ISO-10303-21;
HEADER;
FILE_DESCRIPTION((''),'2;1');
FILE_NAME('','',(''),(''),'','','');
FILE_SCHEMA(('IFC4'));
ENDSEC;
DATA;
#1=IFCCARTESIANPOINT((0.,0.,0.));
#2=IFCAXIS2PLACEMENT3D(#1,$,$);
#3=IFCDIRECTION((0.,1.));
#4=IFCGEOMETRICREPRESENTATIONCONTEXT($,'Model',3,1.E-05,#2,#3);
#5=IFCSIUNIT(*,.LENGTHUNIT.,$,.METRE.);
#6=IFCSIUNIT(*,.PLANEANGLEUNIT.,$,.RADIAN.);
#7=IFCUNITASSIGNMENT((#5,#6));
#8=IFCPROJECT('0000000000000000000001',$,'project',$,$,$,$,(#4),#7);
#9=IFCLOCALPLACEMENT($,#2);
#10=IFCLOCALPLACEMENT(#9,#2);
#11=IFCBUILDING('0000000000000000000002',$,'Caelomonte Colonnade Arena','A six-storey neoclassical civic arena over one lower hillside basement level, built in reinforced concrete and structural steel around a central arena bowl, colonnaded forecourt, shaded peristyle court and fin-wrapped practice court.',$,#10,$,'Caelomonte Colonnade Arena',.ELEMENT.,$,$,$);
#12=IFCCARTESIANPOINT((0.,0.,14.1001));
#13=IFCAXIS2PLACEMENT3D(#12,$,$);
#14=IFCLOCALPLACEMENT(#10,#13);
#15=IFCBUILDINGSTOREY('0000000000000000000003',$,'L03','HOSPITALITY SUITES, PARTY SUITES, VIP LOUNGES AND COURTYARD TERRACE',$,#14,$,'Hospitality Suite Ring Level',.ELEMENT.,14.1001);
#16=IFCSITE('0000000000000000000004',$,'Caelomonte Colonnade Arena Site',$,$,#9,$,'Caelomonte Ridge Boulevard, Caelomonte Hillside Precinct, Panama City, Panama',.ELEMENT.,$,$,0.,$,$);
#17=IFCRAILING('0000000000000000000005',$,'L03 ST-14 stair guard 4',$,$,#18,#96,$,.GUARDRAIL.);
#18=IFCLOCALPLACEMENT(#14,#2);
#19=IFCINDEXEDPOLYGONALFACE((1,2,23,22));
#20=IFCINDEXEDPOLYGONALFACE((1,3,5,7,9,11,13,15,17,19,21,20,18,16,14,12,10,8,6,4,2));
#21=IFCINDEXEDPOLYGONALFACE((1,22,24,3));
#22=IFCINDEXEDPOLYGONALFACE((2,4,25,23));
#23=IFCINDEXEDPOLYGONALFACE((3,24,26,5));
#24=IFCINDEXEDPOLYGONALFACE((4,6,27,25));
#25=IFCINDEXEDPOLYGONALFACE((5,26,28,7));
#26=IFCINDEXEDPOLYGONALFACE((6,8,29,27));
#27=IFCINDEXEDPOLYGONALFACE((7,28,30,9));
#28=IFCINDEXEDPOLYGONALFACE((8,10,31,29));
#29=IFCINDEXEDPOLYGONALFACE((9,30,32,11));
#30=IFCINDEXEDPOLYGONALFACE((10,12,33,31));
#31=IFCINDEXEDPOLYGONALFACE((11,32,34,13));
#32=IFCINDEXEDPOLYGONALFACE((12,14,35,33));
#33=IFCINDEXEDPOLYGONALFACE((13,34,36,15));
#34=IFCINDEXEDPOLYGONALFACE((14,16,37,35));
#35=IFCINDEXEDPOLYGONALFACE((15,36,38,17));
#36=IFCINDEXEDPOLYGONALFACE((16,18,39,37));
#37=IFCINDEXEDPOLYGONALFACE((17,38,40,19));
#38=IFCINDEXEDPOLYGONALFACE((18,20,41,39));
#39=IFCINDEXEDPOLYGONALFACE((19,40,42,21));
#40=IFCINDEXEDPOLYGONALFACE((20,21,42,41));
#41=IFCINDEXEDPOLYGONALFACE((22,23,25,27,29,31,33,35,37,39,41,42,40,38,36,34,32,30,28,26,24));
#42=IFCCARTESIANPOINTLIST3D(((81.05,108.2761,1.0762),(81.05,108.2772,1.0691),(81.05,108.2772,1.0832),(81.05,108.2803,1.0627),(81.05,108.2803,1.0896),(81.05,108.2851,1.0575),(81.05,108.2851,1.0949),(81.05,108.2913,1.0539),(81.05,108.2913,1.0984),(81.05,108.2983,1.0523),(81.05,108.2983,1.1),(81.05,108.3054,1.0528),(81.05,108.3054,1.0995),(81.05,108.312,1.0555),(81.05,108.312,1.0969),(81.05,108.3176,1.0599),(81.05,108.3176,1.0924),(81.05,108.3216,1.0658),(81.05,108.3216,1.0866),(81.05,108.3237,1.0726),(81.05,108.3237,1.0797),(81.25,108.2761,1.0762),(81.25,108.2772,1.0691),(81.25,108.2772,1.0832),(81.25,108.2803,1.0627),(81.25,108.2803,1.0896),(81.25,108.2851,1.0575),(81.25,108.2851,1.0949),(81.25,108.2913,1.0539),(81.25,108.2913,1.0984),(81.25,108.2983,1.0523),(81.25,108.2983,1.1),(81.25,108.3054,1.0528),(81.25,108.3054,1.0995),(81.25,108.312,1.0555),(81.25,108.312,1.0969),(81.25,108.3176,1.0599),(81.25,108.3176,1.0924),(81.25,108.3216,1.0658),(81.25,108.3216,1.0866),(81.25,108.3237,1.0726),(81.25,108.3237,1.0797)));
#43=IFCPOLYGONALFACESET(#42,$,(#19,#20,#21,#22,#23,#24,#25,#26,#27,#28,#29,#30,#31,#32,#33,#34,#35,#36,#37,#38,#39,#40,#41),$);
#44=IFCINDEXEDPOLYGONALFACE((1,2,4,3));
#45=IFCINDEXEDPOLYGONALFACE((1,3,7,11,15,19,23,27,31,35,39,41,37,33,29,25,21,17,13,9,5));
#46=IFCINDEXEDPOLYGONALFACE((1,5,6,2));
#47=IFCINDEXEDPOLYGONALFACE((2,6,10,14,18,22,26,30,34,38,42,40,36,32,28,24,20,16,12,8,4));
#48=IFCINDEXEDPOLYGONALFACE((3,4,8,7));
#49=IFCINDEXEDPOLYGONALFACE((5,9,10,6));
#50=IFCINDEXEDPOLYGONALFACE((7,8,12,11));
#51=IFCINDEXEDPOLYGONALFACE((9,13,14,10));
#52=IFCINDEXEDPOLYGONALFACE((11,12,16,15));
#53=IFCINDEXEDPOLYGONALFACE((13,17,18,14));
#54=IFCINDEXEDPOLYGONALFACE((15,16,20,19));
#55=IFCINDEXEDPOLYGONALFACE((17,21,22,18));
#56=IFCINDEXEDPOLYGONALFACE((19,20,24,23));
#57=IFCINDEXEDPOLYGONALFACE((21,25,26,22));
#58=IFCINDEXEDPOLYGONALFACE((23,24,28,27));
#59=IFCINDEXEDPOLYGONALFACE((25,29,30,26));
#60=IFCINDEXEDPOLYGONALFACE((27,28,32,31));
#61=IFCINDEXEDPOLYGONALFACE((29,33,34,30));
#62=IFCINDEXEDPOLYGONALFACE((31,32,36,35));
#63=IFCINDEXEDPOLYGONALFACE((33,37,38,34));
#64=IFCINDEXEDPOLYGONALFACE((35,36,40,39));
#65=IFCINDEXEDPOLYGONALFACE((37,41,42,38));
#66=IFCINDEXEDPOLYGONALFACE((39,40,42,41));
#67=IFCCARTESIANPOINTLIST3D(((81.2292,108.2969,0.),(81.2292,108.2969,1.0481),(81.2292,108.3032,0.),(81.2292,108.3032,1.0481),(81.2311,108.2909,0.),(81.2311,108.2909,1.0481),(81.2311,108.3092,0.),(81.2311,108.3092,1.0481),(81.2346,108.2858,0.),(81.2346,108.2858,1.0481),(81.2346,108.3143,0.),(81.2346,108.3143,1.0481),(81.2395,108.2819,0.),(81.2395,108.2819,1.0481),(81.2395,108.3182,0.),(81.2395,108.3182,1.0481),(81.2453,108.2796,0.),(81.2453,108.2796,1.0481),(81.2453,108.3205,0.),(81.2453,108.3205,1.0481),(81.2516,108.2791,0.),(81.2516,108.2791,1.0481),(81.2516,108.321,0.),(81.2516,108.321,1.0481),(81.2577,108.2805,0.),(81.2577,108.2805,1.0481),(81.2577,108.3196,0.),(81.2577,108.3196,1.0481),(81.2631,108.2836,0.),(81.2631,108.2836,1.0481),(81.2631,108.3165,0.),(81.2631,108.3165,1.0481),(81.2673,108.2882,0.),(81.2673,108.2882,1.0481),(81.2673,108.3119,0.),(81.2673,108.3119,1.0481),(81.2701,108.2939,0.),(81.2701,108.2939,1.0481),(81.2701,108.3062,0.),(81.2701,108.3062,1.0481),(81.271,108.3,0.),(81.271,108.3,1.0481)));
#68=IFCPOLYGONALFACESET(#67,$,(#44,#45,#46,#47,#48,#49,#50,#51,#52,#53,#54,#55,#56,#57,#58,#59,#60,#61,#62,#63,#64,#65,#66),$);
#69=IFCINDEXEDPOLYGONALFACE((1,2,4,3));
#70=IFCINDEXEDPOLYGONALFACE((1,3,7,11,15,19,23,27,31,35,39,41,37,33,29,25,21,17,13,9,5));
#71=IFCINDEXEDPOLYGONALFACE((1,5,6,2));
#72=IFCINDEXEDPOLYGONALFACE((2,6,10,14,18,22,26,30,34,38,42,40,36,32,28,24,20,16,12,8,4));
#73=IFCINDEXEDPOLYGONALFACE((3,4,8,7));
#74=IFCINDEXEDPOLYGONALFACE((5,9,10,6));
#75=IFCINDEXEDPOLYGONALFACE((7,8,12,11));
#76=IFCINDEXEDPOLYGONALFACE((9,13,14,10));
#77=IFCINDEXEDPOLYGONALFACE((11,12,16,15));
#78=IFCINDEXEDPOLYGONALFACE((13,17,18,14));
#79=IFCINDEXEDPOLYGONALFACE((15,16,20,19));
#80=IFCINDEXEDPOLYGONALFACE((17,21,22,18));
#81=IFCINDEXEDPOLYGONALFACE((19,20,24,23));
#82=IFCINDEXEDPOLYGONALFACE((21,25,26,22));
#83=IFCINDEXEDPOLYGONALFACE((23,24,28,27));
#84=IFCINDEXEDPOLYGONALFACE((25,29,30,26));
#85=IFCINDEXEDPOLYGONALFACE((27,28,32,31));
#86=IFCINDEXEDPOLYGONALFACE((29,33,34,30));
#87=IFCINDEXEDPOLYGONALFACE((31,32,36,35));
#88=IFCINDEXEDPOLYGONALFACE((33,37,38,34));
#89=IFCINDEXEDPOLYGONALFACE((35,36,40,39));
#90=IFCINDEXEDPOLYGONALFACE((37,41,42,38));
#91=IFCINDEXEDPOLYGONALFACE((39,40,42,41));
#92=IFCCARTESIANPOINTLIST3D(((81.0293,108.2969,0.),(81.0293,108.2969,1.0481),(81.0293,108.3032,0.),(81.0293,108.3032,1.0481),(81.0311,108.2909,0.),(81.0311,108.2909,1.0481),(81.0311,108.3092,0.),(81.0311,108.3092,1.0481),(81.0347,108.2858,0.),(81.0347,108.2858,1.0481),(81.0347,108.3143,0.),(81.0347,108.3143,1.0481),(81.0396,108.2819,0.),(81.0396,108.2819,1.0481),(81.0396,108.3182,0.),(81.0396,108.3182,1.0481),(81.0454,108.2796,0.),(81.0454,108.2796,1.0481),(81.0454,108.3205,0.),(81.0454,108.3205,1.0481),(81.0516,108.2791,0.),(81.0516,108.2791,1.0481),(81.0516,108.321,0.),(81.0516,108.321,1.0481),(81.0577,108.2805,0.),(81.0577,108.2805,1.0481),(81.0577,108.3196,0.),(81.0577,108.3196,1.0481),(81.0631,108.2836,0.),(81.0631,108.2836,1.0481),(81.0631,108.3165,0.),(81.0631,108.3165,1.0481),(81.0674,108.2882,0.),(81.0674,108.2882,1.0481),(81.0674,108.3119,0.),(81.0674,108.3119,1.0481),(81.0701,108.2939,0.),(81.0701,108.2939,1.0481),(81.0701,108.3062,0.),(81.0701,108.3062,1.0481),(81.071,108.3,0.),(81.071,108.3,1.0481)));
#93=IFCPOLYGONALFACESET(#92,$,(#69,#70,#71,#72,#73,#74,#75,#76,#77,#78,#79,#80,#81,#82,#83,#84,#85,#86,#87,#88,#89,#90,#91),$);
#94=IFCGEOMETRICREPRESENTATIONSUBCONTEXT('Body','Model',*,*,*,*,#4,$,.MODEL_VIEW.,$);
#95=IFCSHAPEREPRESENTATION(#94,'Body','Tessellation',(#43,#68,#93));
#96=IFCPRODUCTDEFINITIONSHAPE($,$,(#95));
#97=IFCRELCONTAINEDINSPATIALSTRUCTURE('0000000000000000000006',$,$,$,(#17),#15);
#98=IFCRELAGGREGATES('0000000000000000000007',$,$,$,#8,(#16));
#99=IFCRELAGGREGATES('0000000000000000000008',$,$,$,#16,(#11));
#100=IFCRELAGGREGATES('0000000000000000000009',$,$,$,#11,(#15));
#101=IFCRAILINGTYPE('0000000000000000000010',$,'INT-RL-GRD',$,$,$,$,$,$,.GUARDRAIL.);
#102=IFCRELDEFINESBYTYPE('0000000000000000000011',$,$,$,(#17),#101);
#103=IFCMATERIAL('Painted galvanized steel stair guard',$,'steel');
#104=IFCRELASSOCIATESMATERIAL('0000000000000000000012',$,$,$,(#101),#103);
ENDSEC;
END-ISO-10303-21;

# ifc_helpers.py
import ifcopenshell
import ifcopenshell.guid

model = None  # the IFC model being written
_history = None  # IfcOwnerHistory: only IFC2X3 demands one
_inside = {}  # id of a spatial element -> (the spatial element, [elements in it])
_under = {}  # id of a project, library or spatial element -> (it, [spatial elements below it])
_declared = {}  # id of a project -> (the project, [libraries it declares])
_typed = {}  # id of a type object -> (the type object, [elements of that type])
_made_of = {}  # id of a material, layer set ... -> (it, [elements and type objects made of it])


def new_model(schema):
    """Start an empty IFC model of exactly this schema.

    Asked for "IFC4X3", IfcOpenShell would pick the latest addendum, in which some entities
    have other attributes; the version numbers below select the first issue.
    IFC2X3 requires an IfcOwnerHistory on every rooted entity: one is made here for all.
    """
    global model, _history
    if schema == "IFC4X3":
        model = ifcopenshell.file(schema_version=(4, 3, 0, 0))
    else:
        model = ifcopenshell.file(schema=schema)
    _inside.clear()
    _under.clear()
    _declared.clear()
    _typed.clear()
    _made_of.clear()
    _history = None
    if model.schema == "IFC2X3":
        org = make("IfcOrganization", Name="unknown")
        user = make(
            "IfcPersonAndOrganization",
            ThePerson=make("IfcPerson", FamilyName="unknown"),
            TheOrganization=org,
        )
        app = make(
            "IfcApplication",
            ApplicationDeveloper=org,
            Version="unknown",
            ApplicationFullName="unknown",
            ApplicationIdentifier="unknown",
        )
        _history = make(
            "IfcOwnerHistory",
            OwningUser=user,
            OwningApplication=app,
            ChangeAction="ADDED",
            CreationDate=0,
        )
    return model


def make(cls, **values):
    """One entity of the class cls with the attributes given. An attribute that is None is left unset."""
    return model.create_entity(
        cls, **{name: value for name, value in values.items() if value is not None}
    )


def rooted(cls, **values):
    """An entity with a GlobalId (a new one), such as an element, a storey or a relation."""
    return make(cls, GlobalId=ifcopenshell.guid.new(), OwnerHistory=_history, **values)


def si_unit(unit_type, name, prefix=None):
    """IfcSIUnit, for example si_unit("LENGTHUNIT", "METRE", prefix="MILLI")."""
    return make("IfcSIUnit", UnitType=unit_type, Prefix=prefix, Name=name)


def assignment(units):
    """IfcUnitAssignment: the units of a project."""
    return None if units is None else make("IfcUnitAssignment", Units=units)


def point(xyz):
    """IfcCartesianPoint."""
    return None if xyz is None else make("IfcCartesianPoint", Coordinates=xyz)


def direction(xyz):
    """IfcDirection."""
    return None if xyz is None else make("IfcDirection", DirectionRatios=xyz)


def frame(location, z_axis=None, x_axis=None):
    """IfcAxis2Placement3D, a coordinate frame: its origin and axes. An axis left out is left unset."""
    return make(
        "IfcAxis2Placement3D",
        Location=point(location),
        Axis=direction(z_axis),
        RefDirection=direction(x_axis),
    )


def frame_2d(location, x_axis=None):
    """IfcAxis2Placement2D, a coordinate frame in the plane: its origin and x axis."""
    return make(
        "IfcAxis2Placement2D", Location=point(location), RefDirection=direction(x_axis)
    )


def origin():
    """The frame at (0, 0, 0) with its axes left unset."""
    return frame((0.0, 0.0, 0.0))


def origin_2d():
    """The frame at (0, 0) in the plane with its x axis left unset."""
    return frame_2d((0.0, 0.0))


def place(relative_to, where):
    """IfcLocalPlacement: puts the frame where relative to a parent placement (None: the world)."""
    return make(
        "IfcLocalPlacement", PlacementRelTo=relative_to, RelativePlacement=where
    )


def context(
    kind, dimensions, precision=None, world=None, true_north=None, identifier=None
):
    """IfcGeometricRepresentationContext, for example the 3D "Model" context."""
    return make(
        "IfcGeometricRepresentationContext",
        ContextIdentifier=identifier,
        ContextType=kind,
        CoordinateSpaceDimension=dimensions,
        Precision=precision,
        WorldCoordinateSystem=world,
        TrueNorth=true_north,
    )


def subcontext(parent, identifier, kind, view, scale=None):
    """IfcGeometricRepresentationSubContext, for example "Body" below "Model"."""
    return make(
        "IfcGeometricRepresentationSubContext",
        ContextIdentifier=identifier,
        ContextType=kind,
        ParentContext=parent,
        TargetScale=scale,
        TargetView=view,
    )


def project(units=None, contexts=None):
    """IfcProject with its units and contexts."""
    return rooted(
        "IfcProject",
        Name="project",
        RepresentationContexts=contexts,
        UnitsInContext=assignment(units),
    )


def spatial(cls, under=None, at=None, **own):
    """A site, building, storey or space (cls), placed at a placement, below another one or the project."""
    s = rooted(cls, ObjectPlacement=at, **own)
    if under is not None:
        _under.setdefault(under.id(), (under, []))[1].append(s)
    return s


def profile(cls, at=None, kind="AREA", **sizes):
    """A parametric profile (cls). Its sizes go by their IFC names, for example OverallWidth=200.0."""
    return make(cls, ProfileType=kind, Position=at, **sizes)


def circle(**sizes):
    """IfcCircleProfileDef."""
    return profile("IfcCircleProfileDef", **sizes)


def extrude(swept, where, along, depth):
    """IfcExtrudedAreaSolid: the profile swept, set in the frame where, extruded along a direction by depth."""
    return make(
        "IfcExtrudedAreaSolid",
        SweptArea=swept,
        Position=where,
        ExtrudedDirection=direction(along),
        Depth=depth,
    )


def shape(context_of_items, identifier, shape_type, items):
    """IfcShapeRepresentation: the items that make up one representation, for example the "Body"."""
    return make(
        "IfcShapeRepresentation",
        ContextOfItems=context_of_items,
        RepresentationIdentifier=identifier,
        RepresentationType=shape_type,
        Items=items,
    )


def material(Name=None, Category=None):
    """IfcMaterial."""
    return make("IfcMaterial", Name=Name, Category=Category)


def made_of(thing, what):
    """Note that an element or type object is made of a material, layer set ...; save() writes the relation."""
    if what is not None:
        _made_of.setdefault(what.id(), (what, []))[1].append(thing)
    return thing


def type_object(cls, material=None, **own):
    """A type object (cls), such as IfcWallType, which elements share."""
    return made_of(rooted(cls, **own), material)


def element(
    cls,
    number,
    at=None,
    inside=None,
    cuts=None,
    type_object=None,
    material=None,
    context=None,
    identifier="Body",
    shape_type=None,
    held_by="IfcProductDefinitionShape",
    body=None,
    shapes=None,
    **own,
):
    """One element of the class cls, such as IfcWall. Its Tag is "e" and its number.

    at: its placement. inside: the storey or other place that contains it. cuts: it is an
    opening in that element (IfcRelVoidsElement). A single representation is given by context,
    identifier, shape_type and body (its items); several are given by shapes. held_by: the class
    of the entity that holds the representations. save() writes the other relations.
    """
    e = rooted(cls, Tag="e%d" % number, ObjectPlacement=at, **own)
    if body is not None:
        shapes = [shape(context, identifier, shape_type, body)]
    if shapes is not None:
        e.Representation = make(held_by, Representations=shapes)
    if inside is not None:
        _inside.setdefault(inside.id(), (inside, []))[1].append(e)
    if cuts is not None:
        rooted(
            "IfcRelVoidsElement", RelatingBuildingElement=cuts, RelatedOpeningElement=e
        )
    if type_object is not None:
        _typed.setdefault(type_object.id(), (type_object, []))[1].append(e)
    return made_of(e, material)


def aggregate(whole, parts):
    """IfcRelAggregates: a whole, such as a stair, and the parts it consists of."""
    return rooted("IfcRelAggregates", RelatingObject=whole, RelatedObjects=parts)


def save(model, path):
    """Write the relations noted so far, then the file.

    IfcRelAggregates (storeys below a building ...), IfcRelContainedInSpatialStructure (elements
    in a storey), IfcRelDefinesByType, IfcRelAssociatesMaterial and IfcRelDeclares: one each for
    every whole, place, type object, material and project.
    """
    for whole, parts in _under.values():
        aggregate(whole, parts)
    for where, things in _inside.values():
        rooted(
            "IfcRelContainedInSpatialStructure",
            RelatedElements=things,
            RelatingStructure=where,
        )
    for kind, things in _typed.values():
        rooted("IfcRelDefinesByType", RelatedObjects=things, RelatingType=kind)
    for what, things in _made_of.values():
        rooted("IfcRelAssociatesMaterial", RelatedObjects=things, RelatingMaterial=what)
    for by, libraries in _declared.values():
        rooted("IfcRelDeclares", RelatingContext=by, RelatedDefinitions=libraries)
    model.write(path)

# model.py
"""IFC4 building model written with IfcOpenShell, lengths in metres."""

from ifc_helpers import new_model, si_unit, direction, frame, origin, origin_2d, place, context, subcontext, project, spatial, circle, extrude, material, type_object, element, save


model = new_model("IFC4")

# Units and contexts
model_context = context("Model", 3, precision=1e-05, world=origin(), true_north=direction((0.0, 1.0)))
body_context = subcontext(model_context, "Body", "Model", "MODEL_VIEW")
ifc_project = project(units=[si_unit("LENGTHUNIT", "METRE"), si_unit("PLANEANGLEUNIT", "RADIAN")], contexts=[model_context])

# Site, building, storey
site_placement = place(None, origin())
site = spatial("IfcSite", under=ifc_project, at=site_placement, Name="Caelomonte Colonnade Arena Site", LongName="Caelomonte Ridge Boulevard, Caelomonte Hillside Precinct, Panama City, Panama", CompositionType="ELEMENT", RefElevation=0.0)
building_placement = place(site_placement, origin())
building = spatial("IfcBuilding", under=site, at=building_placement, Name="Caelomonte Colonnade Arena", Description="A six-storey neoclassical civic arena over one lower hillside basement level, built in reinforced concrete and structural steel around a central arena bowl, colonnaded forecourt, shaded peristyle court and fin-wrapped practice court.", LongName="Caelomonte Colonnade Arena", CompositionType="ELEMENT")
storey_placement = place(building_placement, frame((0.0, 0.0, 14.1001)))
storey = spatial("IfcBuildingStorey", under=building, at=storey_placement, Name="L03", Description="HOSPITALITY SUITES, PARTY SUITES, VIP LOUNGES AND COURTYARD TERRACE", LongName="Hospitality Suite Ring Level", CompositionType="ELEMENT", Elevation=14.1001)

# Railing
ifc_material_1 = material(Name="Painted galvanized steel stair guard", Category="steel")
railing_type_1 = type_object("IfcRailingType", Name="INT-RL-GRD", PredefinedType="GUARDRAIL", material=ifc_material_1)
railing_1_placement = place(storey_placement, frame((81.25, 108.3, 0.0)))
element("IfcRailing", 1, at=railing_1_placement, inside=storey, type_object=railing_type_1, Name="L03 ST-14 stair guard 4", PredefinedType="GUARDRAIL", context=body_context, shape_type="SweptSolid", body=[
    extrude(circle(Radius=0.0239, at=origin_2d()), frame((0.0, 0.0, 1.0762), z_axis=(-1.0, 0.0, 0.0), x_axis=(0.0, -1.0, 0.0)), (0.0, 0.0, 1.0), 0.2),
    extrude(circle(Radius=0.021, at=origin_2d()), origin(), (0.0, 0.0, 1.0), 1.0481),
    extrude(circle(Radius=0.021, at=origin_2d()), frame((-0.2, 0.0, 0.0)), (0.0, 0.0, 1.0), 1.0481),
])

save(model, "model.ifc")
